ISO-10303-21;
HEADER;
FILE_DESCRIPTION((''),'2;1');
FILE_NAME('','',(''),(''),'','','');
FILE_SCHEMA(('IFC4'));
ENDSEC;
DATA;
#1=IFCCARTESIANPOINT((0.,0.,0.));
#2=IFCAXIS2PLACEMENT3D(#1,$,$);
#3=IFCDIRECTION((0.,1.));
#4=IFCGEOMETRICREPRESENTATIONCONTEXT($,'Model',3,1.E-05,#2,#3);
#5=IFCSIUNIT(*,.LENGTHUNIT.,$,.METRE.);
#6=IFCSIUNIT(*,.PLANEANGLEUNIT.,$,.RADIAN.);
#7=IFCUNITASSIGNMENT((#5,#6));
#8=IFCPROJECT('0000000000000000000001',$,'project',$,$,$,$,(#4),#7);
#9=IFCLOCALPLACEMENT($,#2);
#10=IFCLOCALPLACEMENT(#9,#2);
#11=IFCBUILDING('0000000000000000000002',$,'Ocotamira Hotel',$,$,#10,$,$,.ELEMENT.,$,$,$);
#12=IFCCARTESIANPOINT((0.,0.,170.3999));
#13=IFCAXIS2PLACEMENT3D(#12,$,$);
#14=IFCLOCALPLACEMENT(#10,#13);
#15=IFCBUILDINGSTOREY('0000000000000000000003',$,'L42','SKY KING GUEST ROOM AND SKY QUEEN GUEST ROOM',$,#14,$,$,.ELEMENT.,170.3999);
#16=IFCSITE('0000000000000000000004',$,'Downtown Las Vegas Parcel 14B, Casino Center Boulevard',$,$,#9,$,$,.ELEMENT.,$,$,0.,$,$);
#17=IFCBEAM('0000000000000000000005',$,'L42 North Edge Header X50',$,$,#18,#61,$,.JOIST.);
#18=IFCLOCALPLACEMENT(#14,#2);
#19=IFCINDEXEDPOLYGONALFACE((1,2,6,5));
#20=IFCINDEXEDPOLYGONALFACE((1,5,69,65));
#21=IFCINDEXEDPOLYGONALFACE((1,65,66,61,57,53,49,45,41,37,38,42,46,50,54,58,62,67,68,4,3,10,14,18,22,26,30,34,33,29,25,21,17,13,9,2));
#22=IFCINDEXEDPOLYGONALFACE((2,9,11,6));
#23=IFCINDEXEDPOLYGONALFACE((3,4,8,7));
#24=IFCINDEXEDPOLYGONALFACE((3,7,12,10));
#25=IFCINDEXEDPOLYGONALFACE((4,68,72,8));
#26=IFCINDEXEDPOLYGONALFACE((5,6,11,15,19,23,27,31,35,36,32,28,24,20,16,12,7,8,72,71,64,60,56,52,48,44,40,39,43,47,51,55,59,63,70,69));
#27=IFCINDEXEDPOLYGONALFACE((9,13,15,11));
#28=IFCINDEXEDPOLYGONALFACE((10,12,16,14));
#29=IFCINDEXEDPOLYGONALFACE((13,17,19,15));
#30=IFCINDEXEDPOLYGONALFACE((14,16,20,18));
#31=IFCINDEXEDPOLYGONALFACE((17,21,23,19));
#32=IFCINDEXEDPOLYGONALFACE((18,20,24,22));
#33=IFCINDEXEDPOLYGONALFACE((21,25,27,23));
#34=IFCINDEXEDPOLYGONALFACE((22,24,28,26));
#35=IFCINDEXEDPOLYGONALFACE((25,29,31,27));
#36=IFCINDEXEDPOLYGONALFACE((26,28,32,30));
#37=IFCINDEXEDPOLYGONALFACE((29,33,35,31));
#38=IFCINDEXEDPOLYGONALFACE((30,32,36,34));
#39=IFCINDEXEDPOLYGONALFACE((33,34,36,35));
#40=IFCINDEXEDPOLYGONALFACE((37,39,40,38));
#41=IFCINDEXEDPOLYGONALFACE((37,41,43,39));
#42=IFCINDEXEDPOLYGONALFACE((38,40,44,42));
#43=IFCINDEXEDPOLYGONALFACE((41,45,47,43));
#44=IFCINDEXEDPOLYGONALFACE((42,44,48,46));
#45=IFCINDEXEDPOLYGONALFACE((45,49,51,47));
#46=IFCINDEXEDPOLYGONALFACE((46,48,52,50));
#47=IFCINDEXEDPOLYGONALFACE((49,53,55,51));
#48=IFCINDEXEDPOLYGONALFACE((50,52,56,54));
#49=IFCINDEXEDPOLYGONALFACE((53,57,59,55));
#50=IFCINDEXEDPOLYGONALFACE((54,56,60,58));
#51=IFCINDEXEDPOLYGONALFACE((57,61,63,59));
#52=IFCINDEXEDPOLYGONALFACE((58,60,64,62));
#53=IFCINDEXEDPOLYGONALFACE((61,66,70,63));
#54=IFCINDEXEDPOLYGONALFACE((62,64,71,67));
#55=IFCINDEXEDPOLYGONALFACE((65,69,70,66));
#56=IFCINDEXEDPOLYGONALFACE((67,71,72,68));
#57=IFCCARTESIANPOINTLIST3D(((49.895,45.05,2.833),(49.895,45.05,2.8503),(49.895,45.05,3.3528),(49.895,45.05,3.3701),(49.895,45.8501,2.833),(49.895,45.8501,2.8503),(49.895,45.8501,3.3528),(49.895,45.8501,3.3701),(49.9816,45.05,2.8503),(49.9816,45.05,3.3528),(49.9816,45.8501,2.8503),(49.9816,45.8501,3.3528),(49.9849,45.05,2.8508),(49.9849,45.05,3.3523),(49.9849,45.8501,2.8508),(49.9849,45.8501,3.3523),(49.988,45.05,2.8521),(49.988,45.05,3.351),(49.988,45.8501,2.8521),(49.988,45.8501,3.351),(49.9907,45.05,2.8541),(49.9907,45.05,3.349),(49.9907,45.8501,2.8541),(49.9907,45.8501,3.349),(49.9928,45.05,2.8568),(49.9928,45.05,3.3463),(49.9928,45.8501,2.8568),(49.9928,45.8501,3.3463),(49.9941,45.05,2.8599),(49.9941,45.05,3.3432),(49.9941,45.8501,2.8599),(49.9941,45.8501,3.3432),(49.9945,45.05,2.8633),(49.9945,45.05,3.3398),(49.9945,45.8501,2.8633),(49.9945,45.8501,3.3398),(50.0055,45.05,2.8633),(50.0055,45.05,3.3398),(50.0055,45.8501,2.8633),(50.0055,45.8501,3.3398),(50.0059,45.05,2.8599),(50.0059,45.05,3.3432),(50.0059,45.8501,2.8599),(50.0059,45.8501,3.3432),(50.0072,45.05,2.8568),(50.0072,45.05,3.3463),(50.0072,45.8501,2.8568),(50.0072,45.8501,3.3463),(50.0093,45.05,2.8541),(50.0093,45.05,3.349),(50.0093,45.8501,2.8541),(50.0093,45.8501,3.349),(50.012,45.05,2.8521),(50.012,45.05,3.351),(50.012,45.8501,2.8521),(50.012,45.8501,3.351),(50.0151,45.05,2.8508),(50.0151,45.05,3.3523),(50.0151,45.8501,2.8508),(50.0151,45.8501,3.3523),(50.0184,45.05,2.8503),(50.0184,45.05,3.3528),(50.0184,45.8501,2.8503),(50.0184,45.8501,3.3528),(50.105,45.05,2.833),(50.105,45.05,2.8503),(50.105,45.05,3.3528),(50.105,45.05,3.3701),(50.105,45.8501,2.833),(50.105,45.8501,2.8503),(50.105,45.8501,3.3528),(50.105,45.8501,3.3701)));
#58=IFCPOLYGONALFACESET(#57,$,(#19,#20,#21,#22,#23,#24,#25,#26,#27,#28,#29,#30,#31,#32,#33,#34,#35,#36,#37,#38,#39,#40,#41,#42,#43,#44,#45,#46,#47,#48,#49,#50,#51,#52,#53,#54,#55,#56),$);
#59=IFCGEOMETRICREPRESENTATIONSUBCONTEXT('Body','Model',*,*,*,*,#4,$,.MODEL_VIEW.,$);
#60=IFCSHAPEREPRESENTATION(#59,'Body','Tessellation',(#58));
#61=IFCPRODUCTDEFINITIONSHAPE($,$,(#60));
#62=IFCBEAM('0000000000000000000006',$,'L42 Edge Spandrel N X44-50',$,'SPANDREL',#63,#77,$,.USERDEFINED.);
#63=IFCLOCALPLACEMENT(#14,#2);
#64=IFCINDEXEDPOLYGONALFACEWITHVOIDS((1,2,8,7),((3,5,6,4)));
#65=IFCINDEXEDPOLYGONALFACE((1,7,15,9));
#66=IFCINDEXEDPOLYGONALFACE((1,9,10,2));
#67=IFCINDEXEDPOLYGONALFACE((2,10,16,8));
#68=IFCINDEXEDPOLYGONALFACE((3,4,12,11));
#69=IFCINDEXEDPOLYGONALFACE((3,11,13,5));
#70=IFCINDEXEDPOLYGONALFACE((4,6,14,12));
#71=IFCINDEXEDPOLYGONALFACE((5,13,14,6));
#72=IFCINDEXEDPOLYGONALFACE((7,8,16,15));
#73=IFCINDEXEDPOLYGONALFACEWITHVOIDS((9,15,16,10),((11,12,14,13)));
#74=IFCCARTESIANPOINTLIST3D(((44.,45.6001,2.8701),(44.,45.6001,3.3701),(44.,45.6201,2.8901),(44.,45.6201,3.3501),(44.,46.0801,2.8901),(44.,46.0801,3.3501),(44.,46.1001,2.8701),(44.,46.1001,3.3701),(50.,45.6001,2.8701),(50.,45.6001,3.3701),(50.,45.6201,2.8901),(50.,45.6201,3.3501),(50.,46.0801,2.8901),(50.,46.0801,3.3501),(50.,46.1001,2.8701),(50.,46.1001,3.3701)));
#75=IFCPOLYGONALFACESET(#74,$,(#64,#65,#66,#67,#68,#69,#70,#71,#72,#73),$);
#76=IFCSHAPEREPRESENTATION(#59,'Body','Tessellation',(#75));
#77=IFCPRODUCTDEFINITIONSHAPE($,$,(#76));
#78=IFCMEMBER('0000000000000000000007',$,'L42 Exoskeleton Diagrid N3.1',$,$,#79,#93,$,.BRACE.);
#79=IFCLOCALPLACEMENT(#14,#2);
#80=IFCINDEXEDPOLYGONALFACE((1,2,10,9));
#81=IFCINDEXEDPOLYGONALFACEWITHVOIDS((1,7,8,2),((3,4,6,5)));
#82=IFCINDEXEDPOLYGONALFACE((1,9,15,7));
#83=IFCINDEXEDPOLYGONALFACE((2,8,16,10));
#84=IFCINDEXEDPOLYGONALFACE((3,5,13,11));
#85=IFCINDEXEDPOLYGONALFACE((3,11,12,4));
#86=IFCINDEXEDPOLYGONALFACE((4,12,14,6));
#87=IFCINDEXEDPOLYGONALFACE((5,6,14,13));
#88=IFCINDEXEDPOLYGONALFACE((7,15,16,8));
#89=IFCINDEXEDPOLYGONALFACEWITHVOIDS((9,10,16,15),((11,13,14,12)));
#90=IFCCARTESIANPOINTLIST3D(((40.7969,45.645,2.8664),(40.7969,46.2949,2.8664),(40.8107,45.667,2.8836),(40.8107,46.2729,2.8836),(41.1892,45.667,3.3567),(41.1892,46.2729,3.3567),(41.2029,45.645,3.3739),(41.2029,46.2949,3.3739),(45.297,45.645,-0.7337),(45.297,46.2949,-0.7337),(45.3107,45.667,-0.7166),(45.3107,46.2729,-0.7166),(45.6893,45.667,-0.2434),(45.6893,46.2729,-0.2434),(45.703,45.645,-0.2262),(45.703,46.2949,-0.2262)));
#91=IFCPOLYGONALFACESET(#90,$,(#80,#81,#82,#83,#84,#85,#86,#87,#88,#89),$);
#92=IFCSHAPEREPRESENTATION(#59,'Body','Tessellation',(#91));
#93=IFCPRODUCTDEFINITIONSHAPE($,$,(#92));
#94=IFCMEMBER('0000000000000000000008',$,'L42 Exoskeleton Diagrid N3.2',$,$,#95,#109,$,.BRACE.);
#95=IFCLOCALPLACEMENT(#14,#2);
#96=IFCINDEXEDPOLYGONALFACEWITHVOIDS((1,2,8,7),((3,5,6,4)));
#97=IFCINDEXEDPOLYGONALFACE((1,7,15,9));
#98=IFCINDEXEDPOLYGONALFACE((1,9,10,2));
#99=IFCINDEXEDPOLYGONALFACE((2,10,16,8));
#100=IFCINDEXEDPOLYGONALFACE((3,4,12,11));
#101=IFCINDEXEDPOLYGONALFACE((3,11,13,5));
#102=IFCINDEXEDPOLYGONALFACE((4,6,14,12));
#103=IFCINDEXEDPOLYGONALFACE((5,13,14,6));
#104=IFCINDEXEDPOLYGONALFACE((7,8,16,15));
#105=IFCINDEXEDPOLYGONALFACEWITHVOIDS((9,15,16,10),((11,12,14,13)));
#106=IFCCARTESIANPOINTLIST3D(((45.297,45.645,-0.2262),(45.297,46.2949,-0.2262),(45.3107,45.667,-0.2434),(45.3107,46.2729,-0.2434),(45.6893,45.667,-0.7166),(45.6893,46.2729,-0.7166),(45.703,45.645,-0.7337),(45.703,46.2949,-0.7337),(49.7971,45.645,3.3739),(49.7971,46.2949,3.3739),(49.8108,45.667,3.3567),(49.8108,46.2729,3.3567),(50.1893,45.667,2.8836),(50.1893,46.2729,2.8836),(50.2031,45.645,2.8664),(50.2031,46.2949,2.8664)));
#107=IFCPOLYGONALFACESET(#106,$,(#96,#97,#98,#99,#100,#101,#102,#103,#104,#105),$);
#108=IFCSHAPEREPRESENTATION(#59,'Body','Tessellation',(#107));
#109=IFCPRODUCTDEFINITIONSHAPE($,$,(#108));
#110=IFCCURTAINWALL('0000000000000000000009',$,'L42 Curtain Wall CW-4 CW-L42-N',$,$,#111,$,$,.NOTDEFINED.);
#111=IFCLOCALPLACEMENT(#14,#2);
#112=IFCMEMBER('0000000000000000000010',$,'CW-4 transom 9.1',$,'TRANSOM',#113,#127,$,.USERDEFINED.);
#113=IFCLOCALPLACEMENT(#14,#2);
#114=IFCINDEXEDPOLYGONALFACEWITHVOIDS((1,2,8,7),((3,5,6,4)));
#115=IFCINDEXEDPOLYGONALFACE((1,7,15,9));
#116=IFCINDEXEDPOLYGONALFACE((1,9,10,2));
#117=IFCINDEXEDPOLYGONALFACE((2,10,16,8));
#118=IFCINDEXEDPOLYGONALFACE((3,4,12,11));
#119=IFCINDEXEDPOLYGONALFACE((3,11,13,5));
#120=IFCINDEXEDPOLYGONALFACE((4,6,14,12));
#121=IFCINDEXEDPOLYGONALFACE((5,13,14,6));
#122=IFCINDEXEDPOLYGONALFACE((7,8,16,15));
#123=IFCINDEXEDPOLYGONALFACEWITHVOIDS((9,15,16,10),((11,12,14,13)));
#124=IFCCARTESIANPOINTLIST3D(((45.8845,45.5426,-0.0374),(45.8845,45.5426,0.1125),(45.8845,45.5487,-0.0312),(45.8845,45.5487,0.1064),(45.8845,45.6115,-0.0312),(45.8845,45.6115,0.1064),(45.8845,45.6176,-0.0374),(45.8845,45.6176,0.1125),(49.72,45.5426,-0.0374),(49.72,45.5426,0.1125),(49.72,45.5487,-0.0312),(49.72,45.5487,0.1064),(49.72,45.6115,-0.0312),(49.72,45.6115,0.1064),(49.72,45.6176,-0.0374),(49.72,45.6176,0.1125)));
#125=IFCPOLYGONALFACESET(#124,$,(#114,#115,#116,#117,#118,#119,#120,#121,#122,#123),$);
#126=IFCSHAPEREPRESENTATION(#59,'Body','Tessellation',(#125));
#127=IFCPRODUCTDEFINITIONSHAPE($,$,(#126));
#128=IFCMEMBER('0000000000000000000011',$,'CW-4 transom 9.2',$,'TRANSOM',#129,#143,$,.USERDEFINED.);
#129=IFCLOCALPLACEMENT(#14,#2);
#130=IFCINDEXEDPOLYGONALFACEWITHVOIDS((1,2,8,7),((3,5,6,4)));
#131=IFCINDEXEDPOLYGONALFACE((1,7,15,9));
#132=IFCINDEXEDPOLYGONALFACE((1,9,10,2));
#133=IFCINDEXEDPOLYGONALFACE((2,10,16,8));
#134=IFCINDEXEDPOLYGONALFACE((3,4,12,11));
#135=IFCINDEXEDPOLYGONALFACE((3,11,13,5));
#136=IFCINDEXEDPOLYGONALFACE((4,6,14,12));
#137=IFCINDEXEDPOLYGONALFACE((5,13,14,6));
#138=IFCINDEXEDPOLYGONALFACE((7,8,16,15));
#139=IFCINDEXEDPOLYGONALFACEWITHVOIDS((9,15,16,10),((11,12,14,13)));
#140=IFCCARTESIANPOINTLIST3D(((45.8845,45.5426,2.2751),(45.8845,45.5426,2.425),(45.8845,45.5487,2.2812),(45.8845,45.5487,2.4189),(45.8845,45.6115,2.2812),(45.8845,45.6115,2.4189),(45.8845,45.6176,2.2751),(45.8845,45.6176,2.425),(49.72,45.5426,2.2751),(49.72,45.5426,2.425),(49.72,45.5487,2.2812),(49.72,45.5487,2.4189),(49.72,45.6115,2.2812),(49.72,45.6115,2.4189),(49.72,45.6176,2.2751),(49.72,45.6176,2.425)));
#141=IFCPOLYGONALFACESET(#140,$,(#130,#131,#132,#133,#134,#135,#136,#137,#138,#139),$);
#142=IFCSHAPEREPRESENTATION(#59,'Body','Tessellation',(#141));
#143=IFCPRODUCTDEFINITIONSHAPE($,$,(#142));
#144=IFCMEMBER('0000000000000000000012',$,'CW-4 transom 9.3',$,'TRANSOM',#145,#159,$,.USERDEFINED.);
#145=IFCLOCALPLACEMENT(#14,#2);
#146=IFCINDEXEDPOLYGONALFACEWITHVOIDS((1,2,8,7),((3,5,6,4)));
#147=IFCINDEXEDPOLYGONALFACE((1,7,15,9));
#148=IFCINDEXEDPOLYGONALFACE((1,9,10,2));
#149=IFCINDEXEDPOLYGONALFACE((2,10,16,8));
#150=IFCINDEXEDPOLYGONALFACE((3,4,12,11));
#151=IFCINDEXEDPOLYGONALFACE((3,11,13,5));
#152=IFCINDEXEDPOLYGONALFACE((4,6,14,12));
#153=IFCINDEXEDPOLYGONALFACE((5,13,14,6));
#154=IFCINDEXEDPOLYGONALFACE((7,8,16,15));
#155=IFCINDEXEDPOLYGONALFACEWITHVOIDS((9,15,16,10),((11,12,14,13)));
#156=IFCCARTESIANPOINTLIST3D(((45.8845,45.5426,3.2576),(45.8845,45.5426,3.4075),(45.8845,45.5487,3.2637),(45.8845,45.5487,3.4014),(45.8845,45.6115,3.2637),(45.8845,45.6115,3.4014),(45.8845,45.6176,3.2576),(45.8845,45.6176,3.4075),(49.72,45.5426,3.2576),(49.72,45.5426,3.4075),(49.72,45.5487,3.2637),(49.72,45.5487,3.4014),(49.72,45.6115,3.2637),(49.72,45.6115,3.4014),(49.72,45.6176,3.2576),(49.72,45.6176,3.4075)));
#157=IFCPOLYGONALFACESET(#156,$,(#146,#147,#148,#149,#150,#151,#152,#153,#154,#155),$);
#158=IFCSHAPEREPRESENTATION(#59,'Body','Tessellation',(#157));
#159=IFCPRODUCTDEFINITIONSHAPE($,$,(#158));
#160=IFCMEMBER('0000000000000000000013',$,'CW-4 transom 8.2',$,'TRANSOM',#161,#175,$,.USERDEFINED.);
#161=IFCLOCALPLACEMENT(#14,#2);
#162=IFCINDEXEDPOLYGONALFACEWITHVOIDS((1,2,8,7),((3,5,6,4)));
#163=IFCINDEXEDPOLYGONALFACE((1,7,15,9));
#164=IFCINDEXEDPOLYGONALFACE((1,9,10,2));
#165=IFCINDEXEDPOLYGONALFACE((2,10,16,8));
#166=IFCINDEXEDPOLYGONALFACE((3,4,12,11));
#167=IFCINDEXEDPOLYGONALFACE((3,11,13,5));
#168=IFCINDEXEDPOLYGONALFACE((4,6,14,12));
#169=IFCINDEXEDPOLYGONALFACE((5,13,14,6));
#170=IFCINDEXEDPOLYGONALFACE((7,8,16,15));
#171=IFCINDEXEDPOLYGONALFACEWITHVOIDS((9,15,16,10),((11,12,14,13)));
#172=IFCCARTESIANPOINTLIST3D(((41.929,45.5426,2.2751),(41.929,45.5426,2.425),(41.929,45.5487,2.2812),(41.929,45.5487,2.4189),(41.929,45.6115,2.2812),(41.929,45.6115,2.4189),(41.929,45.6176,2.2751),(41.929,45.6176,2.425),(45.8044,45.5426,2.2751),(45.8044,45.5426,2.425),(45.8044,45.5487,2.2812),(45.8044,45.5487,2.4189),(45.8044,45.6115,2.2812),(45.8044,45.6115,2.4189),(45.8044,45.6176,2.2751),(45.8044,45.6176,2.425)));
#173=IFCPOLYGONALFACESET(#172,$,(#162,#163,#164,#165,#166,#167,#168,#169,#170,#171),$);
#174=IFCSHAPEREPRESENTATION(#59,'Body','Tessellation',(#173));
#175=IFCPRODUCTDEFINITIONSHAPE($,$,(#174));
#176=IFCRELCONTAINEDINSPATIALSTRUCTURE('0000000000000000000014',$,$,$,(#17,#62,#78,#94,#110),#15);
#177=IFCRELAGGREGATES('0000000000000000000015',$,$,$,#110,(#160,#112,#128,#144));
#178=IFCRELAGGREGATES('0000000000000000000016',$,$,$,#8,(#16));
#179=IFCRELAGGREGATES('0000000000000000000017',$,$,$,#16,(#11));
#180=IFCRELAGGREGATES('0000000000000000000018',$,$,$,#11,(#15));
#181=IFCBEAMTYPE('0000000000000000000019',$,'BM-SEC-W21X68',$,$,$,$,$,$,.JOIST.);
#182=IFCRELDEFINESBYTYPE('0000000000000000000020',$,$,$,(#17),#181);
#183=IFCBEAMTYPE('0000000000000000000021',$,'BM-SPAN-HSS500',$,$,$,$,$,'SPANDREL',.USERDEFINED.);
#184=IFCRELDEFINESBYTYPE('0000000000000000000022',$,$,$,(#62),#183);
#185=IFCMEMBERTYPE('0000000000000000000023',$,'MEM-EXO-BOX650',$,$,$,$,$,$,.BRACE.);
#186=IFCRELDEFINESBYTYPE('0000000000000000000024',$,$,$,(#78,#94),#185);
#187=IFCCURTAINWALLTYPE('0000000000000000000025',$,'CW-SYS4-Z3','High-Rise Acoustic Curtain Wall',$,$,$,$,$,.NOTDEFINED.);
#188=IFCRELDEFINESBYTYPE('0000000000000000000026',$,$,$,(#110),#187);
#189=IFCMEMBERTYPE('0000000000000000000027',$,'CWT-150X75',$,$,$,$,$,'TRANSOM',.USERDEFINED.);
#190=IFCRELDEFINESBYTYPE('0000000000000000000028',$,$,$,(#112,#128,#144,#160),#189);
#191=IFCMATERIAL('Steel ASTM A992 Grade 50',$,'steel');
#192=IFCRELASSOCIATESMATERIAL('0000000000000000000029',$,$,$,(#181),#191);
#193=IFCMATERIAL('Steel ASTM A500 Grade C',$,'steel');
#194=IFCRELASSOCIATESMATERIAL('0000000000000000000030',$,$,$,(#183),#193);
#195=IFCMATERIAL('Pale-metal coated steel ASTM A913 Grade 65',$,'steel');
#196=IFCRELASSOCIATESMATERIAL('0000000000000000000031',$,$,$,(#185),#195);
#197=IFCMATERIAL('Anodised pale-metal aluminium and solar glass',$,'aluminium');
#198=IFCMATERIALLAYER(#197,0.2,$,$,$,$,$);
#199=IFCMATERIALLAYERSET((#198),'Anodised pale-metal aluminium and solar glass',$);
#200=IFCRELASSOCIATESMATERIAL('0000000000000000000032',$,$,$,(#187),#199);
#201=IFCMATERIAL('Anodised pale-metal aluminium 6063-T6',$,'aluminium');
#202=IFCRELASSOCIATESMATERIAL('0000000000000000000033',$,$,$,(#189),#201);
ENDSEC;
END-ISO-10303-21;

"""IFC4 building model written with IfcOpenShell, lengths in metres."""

from ifc_helpers import new_model, si_unit, direction, frame, origin, origin_2d, place, context, subcontext, project, spatial, hollow_rectangle, i_section, extrude, source, transform, mapped, material, layer, layer_set, material_profile, profile_set, type_object, element, aggregate, save


model = new_model("IFC4")

# Units and contexts
model_context = context("Model", 3, precision=1e-05, world=origin(), true_north=direction((0.0, 1.0)))
body_context = subcontext(model_context, "Body", "Model", "MODEL_VIEW")
ifc_project = project(units=[si_unit("LENGTHUNIT", "METRE"), si_unit("PLANEANGLEUNIT", "RADIAN")], contexts=[model_context])

# Site, building, storey
site_placement = place(None, origin())
site = spatial("IfcSite", under=ifc_project, at=site_placement, Name="Downtown Las Vegas Parcel 14B, Casino Center Boulevard", CompositionType="ELEMENT", RefElevation=0.0)
building_placement = place(site_placement, origin())
building = spatial("IfcBuilding", under=site, at=building_placement, Name="Ocotamira Hotel", CompositionType="ELEMENT")
storey_placement = place(building_placement, frame((0.0, 0.0, 170.3999)))
storey = spatial("IfcBuildingStorey", under=building, at=storey_placement, Name="L42", Description="SKY KING GUEST ROOM AND SKY QUEEN GUEST ROOM", CompositionType="ELEMENT", Elevation=170.3999)

# Beams
ifc_material_1 = material(Name="Steel ASTM A992 Grade 50", Category="steel")
ifc_material_profile_1 = material_profile(ifc_material_1, i_section(OverallWidth=0.21, OverallDepth=0.5371, WebThickness=0.011, FlangeThickness=0.0173, FilletRadius=0.0129, at=origin_2d()), Name="W21X68")
ifc_profile_set_1 = profile_set([ifc_material_profile_1], Name="Steel ASTM A992 Grade 50")
beam_type_1 = type_object("IfcBeamType", Name="BM-SEC-W21X68", PredefinedType="JOIST", material=ifc_profile_set_1)
shared_shape_1 = source(origin(), body_context, "Body", "SweptSolid", [
    extrude(i_section(OverallWidth=0.21, OverallDepth=0.5371, WebThickness=0.011, FlangeThickness=0.0173, FilletRadius=0.0129, at=origin_2d()), origin(), (0.0, 0.0, 1.0), 0.8),
])
for number, where, z_axis, x_axis, name in (
    (1, (50.0, 45.05, 3.1016), (0.0, 1.0, 0.0), (-1.0, 0.0, 0.0), "L42 North Edge Header X50"),
):
    element("IfcBeam", number, at=place(storey_placement, frame(where, z_axis=z_axis, x_axis=x_axis)), inside=storey, type_object=beam_type_1, Name=name, PredefinedType="JOIST", context=body_context, shape_type="MappedRepresentation", body=[
        mapped(shared_shape_1, transform((0.0, 0.0, 0.0), scale=1.0)),
    ])
ifc_material_2 = material(Name="Steel ASTM A500 Grade C", Category="steel")
ifc_material_profile_2 = material_profile(ifc_material_2, hollow_rectangle(XDim=0.5, YDim=0.5, WallThickness=0.02, at=origin_2d()), Name="HSS500X500X20")
ifc_profile_set_2 = profile_set([ifc_material_profile_2], Name="Steel ASTM A500 Grade C")
beam_type_2 = type_object("IfcBeamType", Name="BM-SPAN-HSS500", ElementType="SPANDREL", PredefinedType="USERDEFINED", material=ifc_profile_set_2)
shared_shape_2 = source(origin(), body_context, "Body", "SweptSolid", [
    extrude(hollow_rectangle(XDim=0.5, YDim=0.5, WallThickness=0.02, at=origin_2d()), origin(), (0.0, 0.0, 1.0), 6.0),
])
beam_1_placement = place(storey_placement, frame((44.0, 45.8501, 3.1201), z_axis=(1.0, 0.0, 0.0), x_axis=(0.0, 1.0, 0.0)))
element("IfcBeam", 2, at=beam_1_placement, inside=storey, type_object=beam_type_2, Name="L42 Edge Spandrel N X44-50", ObjectType="SPANDREL", PredefinedType="USERDEFINED", context=body_context, shape_type="MappedRepresentation", body=[
    mapped(shared_shape_2, transform((0.0, 0.0, 0.0), scale=1.0)),
])

# Members
ifc_material_3 = material(Name="Pale-metal coated steel ASTM A913 Grade 65", Category="steel")
ifc_material_profile_3 = material_profile(ifc_material_3, hollow_rectangle(XDim=0.6499, YDim=0.6499, WallThickness=0.022, at=origin_2d()), Name="BOX650X650X22")
ifc_profile_set_3 = profile_set([ifc_material_profile_3], Name="Pale-metal coated steel ASTM A913 Grade 65")
member_type_1 = type_object("IfcMemberType", Name="MEM-EXO-BOX650", PredefinedType="BRACE", material=ifc_profile_set_3)
shared_shape_3 = source(origin(), body_context, "Body", "SweptSolid", [
    extrude(hollow_rectangle(XDim=0.6499, YDim=0.6499, WallThickness=0.022, at=origin_2d()), origin(), (0.0, 0.0, 1.0), 5.7629),
])
for number, where, z_axis, x_axis, name in (
    (3, (45.5, 45.97, -0.48), (-0.780861, 0.0, 0.624705), (0.0, -1.0, 0.0), "L42 Exoskeleton Diagrid N3.1"),
    (4, (45.5, 45.97, -0.48), (0.780861, 0.0, 0.624705), (0.0, 1.0, 0.0), "L42 Exoskeleton Diagrid N3.2"),
):
    element("IfcMember", number, at=place(storey_placement, frame(where, z_axis=z_axis, x_axis=x_axis)), inside=storey, type_object=member_type_1, Name=name, PredefinedType="BRACE", context=body_context, shape_type="MappedRepresentation", body=[
        mapped(shared_shape_3, transform((0.0, 0.0, 0.0), scale=1.0)),
    ])

# Curtain wall, members
ifc_material_4 = material(Name="Anodised pale-metal aluminium and solar glass", Category="aluminium")
ifc_layer_1 = layer(ifc_material_4, 0.2)
ifc_layer_set_1 = layer_set([ifc_layer_1], Name="Anodised pale-metal aluminium and solar glass")
curtain_wall_type = type_object("IfcCurtainWallType", Name="CW-SYS4-Z3", Description="High-Rise Acoustic Curtain Wall", PredefinedType="NOTDEFINED", material=ifc_layer_set_1)
curtain_wall_1_placement = place(storey_placement, origin())
curtain_wall_1 = element("IfcCurtainWall", 5, at=curtain_wall_1_placement, inside=storey, type_object=curtain_wall_type, Name="L42 Curtain Wall CW-4 CW-L42-N", PredefinedType="NOTDEFINED")
ifc_material_5 = material(Name="Anodised pale-metal aluminium 6063-T6", Category="aluminium")
ifc_material_profile_4 = material_profile(ifc_material_5, hollow_rectangle(XDim=0.075, YDim=0.1499, WallThickness=0.0061, at=origin_2d()), Name="HSS150X75X6")
ifc_profile_set_4 = profile_set([ifc_material_profile_4], Name="Anodised pale-metal aluminium 6063-T6")
member_type_2 = type_object("IfcMemberType", Name="CWT-150X75", ElementType="TRANSOM", PredefinedType="USERDEFINED", material=ifc_profile_set_4)
shared_shape_4 = source(origin(), body_context, "Body", "SweptSolid", [
    extrude(hollow_rectangle(XDim=0.075, YDim=0.1499, WallThickness=0.0061, at=origin_2d()), origin(), (0.0, 0.0, 1.0), 3.8354),
])
member_1_placement = place(storey_placement, frame((45.8845, 45.5801, 0.0376), z_axis=(1.0, 0.0, 0.0), x_axis=(0.0, 1.0, 0.0)))
member_1 = element("IfcMember", 6, at=member_1_placement, type_object=member_type_2, Name="CW-4 transom 9.1", ObjectType="TRANSOM", PredefinedType="USERDEFINED", context=body_context, shape_type="MappedRepresentation", body=[
    mapped(shared_shape_4, transform((0.0, 0.0, 0.0), scale=1.0)),
])
member_2_placement = place(storey_placement, frame((45.8845, 45.5801, 2.3501), z_axis=(1.0, 0.0, 0.0), x_axis=(0.0, 1.0, 0.0)))
member_2 = element("IfcMember", 7, at=member_2_placement, type_object=member_type_2, Name="CW-4 transom 9.2", ObjectType="TRANSOM", PredefinedType="USERDEFINED", context=body_context, shape_type="MappedRepresentation", body=[
    mapped(shared_shape_4, transform((0.0, 0.0, 0.0), scale=1.0)),
])
member_3_placement = place(storey_placement, frame((45.8845, 45.5801, 3.3325), z_axis=(1.0, 0.0, 0.0), x_axis=(0.0, 1.0, 0.0)))
member_3 = element("IfcMember", 8, at=member_3_placement, type_object=member_type_2, Name="CW-4 transom 9.3", ObjectType="TRANSOM", PredefinedType="USERDEFINED", context=body_context, shape_type="MappedRepresentation", body=[
    mapped(shared_shape_4, transform((0.0, 0.0, 0.0), scale=1.0)),
])
shared_shape_5 = source(origin(), body_context, "Body", "SweptSolid", [
    extrude(hollow_rectangle(XDim=0.075, YDim=0.1499, WallThickness=0.0061, at=origin_2d()), origin(), (0.0, 0.0, 1.0), 3.8755),
])
member_4_placement = place(storey_placement, frame((41.929, 45.5801, 2.3501), z_axis=(1.0, 0.0, 0.0), x_axis=(0.0, 1.0, 0.0)))
member_4 = element("IfcMember", 9, at=member_4_placement, type_object=member_type_2, Name="CW-4 transom 8.2", ObjectType="TRANSOM", PredefinedType="USERDEFINED", context=body_context, shape_type="MappedRepresentation", body=[
    mapped(shared_shape_5, transform((0.0, 0.0, 0.0), scale=1.0)),
])

aggregate(curtain_wall_1, [member_4, member_1, member_2, member_3])

save(model, "model.ifc")
